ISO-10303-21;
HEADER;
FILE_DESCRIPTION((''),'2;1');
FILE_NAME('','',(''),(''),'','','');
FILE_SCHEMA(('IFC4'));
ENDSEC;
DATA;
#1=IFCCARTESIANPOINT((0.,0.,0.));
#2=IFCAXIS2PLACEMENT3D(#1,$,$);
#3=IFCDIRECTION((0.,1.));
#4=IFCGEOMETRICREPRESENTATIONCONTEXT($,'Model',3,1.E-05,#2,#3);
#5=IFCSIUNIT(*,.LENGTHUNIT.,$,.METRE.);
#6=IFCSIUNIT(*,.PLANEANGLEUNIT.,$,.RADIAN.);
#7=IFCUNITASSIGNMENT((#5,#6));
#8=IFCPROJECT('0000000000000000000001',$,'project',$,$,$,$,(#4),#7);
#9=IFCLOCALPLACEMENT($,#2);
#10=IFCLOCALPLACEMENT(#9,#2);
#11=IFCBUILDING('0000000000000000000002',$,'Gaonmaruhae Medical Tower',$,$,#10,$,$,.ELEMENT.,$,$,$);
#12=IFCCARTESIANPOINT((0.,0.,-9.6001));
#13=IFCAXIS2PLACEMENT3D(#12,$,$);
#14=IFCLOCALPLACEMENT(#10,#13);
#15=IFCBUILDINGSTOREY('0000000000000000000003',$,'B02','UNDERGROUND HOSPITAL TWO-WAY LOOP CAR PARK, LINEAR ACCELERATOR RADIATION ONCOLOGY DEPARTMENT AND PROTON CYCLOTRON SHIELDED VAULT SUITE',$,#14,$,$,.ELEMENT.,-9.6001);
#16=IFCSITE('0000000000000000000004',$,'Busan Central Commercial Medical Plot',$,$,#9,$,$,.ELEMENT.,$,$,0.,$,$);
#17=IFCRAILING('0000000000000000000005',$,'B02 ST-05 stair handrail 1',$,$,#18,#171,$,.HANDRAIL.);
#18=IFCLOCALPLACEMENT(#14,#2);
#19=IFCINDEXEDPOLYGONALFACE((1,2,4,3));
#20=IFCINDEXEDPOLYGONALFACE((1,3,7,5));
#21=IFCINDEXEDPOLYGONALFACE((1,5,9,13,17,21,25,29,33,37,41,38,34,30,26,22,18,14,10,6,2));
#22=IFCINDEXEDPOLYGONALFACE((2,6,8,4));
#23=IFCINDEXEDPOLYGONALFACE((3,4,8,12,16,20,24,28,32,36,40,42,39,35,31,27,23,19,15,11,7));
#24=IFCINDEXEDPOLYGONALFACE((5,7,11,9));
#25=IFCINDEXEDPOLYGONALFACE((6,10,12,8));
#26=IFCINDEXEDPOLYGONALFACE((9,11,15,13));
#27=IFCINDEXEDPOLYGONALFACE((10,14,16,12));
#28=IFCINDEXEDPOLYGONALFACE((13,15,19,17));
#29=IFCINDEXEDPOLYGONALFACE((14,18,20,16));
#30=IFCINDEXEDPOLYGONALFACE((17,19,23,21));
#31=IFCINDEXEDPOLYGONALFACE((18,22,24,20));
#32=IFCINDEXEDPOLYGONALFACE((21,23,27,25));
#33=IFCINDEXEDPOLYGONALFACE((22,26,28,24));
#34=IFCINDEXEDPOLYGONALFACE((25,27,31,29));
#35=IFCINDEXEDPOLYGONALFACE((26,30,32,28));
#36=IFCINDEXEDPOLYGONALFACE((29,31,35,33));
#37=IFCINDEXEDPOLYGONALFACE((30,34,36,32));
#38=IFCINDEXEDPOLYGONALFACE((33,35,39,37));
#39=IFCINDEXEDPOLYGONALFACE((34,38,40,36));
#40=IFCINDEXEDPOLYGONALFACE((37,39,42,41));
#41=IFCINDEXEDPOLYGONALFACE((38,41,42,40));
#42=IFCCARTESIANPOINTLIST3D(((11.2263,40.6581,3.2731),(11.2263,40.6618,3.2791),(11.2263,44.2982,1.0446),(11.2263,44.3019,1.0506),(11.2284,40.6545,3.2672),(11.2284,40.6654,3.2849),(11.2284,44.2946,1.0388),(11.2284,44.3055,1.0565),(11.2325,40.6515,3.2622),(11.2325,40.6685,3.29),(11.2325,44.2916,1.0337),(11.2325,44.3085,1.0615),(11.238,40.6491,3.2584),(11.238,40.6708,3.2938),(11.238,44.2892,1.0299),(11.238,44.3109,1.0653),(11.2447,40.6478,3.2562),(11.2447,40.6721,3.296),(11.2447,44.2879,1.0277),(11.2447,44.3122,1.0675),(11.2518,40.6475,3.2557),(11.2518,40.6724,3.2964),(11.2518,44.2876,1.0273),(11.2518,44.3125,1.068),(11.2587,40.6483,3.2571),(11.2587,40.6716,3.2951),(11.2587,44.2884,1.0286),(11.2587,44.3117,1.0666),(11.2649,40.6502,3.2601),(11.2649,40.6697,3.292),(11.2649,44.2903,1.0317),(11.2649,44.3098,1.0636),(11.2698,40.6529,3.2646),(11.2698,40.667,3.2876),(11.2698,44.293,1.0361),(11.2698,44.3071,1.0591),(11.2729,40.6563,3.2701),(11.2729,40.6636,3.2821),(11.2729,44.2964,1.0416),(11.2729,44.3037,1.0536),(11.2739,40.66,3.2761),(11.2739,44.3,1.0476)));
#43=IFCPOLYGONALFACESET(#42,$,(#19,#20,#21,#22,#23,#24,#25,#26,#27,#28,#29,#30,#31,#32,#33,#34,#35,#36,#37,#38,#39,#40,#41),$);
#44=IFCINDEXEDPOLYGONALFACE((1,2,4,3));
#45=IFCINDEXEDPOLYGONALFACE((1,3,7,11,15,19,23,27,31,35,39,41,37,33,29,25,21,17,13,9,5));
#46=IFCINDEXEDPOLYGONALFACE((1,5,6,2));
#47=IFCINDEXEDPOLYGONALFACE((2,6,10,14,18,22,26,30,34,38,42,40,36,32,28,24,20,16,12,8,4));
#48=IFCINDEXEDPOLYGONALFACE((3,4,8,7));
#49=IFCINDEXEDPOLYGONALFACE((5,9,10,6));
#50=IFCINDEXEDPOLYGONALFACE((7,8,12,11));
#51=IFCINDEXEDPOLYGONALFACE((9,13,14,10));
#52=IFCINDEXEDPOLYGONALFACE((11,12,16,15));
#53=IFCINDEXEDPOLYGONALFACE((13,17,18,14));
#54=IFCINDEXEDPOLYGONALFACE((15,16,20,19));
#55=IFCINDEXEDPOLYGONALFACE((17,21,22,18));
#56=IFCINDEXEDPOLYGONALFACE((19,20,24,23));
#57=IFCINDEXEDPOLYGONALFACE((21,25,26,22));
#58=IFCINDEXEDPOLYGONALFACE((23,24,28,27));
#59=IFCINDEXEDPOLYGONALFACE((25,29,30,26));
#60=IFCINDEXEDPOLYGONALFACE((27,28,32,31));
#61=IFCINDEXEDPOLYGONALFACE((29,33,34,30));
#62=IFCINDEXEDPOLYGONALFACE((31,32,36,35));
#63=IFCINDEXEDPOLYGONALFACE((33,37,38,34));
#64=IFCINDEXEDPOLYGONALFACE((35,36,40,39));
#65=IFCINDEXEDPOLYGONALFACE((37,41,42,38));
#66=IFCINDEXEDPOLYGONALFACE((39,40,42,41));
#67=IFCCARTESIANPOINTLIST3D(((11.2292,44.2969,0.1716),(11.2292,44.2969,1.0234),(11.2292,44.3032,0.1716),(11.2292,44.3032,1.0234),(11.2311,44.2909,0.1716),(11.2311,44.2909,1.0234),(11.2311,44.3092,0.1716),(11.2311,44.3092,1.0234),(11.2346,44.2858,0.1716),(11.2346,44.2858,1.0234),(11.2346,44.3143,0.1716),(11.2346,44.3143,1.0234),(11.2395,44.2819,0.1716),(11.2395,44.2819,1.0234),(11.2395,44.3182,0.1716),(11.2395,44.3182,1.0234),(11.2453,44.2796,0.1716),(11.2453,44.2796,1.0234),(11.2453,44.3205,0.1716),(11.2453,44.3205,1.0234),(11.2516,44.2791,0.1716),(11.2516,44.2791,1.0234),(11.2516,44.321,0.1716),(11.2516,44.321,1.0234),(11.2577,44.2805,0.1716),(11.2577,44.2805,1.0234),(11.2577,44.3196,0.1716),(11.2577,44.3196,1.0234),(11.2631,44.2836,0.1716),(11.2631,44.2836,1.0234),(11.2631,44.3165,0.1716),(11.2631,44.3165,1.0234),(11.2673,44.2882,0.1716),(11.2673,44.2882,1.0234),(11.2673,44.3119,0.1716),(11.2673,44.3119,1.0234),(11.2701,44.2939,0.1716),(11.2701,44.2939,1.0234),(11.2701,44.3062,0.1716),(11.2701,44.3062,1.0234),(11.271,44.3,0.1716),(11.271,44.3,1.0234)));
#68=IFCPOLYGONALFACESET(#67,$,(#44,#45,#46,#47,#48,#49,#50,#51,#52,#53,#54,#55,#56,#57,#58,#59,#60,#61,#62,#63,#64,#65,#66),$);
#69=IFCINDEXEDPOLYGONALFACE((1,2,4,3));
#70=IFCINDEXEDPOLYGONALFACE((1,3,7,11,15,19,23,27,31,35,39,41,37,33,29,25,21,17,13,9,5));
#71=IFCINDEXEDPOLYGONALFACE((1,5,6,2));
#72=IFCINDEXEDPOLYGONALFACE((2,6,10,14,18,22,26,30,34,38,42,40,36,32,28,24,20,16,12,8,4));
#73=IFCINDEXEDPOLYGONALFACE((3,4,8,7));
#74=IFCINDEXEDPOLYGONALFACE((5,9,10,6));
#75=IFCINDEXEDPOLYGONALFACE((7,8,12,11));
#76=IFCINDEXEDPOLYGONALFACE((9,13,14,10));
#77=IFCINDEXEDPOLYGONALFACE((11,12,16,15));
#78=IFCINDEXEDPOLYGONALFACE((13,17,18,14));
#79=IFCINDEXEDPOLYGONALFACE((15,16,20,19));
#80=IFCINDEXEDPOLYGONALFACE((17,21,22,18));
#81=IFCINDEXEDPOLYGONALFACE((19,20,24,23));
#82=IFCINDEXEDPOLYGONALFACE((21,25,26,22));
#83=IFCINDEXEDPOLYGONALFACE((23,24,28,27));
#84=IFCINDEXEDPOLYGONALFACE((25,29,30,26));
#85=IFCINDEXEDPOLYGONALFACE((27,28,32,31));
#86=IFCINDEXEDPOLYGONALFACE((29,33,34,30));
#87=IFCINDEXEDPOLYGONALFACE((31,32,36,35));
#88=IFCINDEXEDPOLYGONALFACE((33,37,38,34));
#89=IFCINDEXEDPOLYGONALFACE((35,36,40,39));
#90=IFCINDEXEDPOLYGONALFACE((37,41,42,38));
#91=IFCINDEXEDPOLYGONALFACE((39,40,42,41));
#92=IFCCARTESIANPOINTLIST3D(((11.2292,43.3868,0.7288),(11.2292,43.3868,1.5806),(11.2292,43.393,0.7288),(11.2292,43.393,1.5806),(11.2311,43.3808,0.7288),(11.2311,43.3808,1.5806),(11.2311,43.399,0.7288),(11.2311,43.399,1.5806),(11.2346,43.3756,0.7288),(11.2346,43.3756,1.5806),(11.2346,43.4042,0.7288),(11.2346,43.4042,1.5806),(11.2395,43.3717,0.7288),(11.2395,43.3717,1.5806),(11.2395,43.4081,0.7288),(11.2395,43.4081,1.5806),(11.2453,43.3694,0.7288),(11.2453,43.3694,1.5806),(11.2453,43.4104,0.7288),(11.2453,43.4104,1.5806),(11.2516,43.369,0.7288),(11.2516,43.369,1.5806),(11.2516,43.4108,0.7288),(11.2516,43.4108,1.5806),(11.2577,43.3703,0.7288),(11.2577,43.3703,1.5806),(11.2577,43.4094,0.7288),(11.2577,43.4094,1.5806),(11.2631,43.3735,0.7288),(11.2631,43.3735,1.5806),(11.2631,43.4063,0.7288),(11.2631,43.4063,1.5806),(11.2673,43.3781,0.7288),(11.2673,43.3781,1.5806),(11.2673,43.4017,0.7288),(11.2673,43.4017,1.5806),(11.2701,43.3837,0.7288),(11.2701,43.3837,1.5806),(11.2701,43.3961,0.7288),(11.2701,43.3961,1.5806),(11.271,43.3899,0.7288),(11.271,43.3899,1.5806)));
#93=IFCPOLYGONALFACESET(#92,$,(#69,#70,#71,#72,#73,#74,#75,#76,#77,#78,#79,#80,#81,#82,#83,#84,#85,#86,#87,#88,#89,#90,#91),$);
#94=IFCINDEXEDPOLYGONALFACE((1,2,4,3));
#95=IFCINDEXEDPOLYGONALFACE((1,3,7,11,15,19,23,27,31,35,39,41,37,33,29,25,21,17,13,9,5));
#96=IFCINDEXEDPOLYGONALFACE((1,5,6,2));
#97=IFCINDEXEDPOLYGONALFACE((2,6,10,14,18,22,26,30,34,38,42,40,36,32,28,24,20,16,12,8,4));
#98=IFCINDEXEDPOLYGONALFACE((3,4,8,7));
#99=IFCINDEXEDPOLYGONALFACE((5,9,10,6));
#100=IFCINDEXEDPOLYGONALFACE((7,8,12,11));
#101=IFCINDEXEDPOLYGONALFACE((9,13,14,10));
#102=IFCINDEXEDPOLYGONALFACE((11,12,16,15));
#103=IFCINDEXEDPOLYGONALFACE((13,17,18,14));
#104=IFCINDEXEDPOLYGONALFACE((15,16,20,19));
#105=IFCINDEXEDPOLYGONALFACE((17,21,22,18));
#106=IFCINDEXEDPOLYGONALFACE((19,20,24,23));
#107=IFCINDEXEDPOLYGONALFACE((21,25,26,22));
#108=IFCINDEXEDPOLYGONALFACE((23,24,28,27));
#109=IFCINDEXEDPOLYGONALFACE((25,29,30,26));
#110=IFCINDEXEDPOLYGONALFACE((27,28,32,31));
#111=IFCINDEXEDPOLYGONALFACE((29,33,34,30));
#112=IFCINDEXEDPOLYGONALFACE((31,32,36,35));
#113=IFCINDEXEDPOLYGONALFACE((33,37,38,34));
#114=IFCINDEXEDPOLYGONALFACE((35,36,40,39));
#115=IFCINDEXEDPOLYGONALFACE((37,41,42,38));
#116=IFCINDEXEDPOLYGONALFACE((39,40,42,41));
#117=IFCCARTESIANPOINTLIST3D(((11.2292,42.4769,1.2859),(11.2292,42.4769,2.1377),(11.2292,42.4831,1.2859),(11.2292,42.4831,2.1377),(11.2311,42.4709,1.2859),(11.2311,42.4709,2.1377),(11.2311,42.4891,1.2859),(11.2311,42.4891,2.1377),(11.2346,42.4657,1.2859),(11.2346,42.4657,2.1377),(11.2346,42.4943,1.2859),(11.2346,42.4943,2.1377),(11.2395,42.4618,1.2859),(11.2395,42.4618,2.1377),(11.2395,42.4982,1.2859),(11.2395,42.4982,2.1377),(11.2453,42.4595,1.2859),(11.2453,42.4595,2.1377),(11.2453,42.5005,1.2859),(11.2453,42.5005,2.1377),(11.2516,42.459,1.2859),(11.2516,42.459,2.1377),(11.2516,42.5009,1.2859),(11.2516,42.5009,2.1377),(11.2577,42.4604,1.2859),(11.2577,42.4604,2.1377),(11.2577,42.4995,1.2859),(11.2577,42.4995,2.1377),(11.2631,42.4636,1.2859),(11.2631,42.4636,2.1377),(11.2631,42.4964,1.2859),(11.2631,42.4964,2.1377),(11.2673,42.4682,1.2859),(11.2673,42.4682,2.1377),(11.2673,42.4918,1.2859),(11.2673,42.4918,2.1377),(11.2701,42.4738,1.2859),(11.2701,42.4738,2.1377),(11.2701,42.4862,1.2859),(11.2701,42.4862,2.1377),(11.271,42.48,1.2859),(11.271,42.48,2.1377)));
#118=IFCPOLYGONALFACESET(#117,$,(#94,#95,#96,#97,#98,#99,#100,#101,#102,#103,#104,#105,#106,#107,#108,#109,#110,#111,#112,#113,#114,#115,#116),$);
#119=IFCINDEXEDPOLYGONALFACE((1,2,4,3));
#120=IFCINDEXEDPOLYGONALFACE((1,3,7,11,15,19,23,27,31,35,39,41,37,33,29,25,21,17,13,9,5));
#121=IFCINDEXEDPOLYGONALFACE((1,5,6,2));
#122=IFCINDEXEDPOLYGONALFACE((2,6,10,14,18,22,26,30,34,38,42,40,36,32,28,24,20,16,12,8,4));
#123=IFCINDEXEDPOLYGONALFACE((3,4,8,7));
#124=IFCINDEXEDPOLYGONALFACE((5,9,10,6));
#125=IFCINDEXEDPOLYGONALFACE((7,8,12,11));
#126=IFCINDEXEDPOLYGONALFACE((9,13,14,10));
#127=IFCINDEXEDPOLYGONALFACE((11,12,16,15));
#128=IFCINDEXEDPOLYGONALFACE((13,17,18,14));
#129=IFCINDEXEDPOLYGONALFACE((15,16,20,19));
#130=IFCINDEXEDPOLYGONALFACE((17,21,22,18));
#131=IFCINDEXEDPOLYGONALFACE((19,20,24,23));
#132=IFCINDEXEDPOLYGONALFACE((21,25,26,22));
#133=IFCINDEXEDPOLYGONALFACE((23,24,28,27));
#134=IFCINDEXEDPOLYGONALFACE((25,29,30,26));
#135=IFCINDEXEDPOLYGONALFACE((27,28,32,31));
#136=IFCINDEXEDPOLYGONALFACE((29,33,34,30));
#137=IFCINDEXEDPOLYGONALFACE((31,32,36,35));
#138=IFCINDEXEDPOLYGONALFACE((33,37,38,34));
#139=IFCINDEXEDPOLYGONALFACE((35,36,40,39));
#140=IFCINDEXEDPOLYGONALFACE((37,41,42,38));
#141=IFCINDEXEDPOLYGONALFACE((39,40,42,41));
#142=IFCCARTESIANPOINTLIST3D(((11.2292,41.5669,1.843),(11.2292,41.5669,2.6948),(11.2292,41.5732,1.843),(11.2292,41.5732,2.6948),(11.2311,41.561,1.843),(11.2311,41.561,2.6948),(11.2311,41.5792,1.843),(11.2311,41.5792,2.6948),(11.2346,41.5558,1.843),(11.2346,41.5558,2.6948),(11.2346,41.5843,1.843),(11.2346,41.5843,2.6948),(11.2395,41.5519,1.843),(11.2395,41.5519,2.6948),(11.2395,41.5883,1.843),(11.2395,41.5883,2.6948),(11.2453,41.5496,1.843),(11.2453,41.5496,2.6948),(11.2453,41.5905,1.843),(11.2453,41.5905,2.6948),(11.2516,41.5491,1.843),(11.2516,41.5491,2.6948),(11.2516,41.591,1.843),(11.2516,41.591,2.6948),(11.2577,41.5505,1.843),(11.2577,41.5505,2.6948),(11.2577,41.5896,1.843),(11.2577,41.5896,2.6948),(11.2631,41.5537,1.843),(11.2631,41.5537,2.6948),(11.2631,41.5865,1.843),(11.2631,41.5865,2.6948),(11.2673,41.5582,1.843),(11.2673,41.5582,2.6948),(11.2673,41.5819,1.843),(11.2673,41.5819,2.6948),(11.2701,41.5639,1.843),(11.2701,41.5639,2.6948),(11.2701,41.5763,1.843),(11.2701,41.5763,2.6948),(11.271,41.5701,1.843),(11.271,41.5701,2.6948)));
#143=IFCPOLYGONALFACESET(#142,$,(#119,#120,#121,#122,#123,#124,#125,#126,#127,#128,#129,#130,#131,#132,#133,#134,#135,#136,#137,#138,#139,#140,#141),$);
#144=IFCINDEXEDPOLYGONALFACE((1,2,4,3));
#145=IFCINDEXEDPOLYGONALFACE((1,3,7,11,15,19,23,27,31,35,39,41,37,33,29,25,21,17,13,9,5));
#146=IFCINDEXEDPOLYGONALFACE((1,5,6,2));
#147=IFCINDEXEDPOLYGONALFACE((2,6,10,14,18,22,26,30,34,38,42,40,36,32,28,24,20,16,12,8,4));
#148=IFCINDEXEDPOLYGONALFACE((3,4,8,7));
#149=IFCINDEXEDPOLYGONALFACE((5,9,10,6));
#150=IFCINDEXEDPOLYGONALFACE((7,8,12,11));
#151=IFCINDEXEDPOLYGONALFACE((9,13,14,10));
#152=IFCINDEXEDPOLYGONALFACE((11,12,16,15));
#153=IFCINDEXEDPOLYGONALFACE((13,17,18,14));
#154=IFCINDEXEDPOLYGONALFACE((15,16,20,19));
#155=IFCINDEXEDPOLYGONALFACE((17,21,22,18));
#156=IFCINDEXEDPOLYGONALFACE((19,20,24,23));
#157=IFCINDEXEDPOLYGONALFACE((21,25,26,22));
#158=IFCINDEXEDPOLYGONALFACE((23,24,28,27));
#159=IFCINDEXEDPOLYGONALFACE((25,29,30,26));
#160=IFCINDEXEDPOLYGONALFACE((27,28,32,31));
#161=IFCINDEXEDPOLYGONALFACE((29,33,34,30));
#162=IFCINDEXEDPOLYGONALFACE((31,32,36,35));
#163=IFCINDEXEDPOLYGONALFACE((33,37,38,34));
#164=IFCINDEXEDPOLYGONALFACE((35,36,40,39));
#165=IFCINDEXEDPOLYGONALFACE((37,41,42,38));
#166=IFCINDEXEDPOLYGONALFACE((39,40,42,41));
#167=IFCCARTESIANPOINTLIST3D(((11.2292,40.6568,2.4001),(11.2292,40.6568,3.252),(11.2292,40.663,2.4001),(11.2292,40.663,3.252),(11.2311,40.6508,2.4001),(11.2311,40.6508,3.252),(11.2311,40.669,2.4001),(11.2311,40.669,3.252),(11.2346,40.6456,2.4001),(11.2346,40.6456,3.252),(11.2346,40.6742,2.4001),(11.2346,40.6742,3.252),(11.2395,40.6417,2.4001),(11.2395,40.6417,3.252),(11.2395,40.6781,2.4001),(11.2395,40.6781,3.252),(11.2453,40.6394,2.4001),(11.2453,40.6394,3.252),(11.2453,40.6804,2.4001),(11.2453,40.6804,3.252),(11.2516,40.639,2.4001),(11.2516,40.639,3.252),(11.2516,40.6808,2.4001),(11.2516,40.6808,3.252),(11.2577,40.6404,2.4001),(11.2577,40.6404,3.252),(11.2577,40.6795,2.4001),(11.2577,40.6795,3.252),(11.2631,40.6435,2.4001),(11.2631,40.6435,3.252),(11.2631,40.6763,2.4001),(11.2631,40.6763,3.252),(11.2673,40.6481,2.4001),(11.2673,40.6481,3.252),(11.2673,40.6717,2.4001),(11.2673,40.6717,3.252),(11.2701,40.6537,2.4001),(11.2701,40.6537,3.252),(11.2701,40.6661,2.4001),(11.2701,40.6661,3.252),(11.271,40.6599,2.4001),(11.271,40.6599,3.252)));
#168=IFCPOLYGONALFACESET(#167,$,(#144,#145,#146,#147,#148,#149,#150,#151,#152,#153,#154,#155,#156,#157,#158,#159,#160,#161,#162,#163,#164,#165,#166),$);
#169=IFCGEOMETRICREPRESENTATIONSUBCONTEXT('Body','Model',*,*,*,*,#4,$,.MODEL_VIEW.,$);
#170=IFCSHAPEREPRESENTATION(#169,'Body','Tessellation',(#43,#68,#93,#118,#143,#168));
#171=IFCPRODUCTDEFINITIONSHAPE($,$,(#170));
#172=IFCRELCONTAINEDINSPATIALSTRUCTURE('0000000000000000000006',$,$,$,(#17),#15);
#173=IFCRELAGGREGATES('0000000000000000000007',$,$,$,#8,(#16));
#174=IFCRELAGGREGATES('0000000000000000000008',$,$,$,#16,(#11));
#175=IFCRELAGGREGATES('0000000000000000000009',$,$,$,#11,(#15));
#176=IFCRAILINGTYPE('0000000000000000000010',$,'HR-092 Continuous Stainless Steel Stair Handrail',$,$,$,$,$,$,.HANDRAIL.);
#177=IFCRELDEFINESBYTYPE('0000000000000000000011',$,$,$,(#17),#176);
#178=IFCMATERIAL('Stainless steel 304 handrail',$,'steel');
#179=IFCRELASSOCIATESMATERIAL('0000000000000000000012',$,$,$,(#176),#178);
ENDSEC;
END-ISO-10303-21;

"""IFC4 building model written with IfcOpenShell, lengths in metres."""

from ifc_helpers import new_model, si_unit, direction, frame, origin, origin_2d, place, context, subcontext, project, spatial, circle, extrude, material, type_object, element, save


model = new_model("IFC4")

# Units and contexts
model_context = context("Model", 3, precision=1e-05, world=origin(), true_north=direction((0.0, 1.0)))
body_context = subcontext(model_context, "Body", "Model", "MODEL_VIEW")
ifc_project = project(units=[si_unit("LENGTHUNIT", "METRE"), si_unit("PLANEANGLEUNIT", "RADIAN")], contexts=[model_context])

# Site, building, storey
site_placement = place(None, origin())
site = spatial("IfcSite", under=ifc_project, at=site_placement, Name="Busan Central Commercial Medical Plot", CompositionType="ELEMENT", RefElevation=0.0)
building_placement = place(site_placement, origin())
building = spatial("IfcBuilding", under=site, at=building_placement, Name="Gaonmaruhae Medical Tower", CompositionType="ELEMENT")
storey_placement = place(building_placement, frame((0.0, 0.0, -9.6001)))
storey = spatial("IfcBuildingStorey", under=building, at=storey_placement, Name="B02", Description="UNDERGROUND HOSPITAL TWO-WAY LOOP CAR PARK, LINEAR ACCELERATOR RADIATION ONCOLOGY DEPARTMENT AND PROTON CYCLOTRON SHIELDED VAULT SUITE", CompositionType="ELEMENT", Elevation=-9.6001)

# Railing
ifc_material_1 = material(Name="Stainless steel 304 handrail", Category="steel")
railing_type_1 = type_object("IfcRailingType", Name="HR-092 Continuous Stainless Steel Stair Handrail", PredefinedType="HANDRAIL", material=ifc_material_1)
railing_1_placement = place(storey_placement, frame((11.25, 44.3, 0.1716)))
element("IfcRailing", 1, at=railing_1_placement, inside=storey, type_object=railing_type_1, Name="B02 ST-05 stair handrail 1", PredefinedType="HANDRAIL", context=body_context, shape_type="SweptSolid", body=[
    extrude(circle(Radius=0.0239, at=origin_2d()), frame((0.0, 0.0, 0.876), z_axis=(0.0, -0.852866, 0.52213), x_axis=(1.0, 0.0, 0.0)), (0.0, 0.0, 1.0), 4.2681),
    extrude(circle(Radius=0.021, at=origin_2d()), origin(), (0.0, 0.0, 1.0), 0.8518),
    extrude(circle(Radius=0.021, at=origin_2d()), frame((0.0, -0.9102, 0.5571)), (0.0, 0.0, 1.0), 0.8518),
    extrude(circle(Radius=0.021, at=origin_2d()), frame((0.0, -1.8201, 1.1143)), (0.0, 0.0, 1.0), 0.8518),
    extrude(circle(Radius=0.021, at=origin_2d()), frame((0.0, -2.73, 1.6714)), (0.0, 0.0, 1.0), 0.8518),
    extrude(circle(Radius=0.021, at=origin_2d()), frame((0.0, -3.6401, 2.2285)), (0.0, 0.0, 1.0), 0.8518),
])

save(model, "model.ifc")
